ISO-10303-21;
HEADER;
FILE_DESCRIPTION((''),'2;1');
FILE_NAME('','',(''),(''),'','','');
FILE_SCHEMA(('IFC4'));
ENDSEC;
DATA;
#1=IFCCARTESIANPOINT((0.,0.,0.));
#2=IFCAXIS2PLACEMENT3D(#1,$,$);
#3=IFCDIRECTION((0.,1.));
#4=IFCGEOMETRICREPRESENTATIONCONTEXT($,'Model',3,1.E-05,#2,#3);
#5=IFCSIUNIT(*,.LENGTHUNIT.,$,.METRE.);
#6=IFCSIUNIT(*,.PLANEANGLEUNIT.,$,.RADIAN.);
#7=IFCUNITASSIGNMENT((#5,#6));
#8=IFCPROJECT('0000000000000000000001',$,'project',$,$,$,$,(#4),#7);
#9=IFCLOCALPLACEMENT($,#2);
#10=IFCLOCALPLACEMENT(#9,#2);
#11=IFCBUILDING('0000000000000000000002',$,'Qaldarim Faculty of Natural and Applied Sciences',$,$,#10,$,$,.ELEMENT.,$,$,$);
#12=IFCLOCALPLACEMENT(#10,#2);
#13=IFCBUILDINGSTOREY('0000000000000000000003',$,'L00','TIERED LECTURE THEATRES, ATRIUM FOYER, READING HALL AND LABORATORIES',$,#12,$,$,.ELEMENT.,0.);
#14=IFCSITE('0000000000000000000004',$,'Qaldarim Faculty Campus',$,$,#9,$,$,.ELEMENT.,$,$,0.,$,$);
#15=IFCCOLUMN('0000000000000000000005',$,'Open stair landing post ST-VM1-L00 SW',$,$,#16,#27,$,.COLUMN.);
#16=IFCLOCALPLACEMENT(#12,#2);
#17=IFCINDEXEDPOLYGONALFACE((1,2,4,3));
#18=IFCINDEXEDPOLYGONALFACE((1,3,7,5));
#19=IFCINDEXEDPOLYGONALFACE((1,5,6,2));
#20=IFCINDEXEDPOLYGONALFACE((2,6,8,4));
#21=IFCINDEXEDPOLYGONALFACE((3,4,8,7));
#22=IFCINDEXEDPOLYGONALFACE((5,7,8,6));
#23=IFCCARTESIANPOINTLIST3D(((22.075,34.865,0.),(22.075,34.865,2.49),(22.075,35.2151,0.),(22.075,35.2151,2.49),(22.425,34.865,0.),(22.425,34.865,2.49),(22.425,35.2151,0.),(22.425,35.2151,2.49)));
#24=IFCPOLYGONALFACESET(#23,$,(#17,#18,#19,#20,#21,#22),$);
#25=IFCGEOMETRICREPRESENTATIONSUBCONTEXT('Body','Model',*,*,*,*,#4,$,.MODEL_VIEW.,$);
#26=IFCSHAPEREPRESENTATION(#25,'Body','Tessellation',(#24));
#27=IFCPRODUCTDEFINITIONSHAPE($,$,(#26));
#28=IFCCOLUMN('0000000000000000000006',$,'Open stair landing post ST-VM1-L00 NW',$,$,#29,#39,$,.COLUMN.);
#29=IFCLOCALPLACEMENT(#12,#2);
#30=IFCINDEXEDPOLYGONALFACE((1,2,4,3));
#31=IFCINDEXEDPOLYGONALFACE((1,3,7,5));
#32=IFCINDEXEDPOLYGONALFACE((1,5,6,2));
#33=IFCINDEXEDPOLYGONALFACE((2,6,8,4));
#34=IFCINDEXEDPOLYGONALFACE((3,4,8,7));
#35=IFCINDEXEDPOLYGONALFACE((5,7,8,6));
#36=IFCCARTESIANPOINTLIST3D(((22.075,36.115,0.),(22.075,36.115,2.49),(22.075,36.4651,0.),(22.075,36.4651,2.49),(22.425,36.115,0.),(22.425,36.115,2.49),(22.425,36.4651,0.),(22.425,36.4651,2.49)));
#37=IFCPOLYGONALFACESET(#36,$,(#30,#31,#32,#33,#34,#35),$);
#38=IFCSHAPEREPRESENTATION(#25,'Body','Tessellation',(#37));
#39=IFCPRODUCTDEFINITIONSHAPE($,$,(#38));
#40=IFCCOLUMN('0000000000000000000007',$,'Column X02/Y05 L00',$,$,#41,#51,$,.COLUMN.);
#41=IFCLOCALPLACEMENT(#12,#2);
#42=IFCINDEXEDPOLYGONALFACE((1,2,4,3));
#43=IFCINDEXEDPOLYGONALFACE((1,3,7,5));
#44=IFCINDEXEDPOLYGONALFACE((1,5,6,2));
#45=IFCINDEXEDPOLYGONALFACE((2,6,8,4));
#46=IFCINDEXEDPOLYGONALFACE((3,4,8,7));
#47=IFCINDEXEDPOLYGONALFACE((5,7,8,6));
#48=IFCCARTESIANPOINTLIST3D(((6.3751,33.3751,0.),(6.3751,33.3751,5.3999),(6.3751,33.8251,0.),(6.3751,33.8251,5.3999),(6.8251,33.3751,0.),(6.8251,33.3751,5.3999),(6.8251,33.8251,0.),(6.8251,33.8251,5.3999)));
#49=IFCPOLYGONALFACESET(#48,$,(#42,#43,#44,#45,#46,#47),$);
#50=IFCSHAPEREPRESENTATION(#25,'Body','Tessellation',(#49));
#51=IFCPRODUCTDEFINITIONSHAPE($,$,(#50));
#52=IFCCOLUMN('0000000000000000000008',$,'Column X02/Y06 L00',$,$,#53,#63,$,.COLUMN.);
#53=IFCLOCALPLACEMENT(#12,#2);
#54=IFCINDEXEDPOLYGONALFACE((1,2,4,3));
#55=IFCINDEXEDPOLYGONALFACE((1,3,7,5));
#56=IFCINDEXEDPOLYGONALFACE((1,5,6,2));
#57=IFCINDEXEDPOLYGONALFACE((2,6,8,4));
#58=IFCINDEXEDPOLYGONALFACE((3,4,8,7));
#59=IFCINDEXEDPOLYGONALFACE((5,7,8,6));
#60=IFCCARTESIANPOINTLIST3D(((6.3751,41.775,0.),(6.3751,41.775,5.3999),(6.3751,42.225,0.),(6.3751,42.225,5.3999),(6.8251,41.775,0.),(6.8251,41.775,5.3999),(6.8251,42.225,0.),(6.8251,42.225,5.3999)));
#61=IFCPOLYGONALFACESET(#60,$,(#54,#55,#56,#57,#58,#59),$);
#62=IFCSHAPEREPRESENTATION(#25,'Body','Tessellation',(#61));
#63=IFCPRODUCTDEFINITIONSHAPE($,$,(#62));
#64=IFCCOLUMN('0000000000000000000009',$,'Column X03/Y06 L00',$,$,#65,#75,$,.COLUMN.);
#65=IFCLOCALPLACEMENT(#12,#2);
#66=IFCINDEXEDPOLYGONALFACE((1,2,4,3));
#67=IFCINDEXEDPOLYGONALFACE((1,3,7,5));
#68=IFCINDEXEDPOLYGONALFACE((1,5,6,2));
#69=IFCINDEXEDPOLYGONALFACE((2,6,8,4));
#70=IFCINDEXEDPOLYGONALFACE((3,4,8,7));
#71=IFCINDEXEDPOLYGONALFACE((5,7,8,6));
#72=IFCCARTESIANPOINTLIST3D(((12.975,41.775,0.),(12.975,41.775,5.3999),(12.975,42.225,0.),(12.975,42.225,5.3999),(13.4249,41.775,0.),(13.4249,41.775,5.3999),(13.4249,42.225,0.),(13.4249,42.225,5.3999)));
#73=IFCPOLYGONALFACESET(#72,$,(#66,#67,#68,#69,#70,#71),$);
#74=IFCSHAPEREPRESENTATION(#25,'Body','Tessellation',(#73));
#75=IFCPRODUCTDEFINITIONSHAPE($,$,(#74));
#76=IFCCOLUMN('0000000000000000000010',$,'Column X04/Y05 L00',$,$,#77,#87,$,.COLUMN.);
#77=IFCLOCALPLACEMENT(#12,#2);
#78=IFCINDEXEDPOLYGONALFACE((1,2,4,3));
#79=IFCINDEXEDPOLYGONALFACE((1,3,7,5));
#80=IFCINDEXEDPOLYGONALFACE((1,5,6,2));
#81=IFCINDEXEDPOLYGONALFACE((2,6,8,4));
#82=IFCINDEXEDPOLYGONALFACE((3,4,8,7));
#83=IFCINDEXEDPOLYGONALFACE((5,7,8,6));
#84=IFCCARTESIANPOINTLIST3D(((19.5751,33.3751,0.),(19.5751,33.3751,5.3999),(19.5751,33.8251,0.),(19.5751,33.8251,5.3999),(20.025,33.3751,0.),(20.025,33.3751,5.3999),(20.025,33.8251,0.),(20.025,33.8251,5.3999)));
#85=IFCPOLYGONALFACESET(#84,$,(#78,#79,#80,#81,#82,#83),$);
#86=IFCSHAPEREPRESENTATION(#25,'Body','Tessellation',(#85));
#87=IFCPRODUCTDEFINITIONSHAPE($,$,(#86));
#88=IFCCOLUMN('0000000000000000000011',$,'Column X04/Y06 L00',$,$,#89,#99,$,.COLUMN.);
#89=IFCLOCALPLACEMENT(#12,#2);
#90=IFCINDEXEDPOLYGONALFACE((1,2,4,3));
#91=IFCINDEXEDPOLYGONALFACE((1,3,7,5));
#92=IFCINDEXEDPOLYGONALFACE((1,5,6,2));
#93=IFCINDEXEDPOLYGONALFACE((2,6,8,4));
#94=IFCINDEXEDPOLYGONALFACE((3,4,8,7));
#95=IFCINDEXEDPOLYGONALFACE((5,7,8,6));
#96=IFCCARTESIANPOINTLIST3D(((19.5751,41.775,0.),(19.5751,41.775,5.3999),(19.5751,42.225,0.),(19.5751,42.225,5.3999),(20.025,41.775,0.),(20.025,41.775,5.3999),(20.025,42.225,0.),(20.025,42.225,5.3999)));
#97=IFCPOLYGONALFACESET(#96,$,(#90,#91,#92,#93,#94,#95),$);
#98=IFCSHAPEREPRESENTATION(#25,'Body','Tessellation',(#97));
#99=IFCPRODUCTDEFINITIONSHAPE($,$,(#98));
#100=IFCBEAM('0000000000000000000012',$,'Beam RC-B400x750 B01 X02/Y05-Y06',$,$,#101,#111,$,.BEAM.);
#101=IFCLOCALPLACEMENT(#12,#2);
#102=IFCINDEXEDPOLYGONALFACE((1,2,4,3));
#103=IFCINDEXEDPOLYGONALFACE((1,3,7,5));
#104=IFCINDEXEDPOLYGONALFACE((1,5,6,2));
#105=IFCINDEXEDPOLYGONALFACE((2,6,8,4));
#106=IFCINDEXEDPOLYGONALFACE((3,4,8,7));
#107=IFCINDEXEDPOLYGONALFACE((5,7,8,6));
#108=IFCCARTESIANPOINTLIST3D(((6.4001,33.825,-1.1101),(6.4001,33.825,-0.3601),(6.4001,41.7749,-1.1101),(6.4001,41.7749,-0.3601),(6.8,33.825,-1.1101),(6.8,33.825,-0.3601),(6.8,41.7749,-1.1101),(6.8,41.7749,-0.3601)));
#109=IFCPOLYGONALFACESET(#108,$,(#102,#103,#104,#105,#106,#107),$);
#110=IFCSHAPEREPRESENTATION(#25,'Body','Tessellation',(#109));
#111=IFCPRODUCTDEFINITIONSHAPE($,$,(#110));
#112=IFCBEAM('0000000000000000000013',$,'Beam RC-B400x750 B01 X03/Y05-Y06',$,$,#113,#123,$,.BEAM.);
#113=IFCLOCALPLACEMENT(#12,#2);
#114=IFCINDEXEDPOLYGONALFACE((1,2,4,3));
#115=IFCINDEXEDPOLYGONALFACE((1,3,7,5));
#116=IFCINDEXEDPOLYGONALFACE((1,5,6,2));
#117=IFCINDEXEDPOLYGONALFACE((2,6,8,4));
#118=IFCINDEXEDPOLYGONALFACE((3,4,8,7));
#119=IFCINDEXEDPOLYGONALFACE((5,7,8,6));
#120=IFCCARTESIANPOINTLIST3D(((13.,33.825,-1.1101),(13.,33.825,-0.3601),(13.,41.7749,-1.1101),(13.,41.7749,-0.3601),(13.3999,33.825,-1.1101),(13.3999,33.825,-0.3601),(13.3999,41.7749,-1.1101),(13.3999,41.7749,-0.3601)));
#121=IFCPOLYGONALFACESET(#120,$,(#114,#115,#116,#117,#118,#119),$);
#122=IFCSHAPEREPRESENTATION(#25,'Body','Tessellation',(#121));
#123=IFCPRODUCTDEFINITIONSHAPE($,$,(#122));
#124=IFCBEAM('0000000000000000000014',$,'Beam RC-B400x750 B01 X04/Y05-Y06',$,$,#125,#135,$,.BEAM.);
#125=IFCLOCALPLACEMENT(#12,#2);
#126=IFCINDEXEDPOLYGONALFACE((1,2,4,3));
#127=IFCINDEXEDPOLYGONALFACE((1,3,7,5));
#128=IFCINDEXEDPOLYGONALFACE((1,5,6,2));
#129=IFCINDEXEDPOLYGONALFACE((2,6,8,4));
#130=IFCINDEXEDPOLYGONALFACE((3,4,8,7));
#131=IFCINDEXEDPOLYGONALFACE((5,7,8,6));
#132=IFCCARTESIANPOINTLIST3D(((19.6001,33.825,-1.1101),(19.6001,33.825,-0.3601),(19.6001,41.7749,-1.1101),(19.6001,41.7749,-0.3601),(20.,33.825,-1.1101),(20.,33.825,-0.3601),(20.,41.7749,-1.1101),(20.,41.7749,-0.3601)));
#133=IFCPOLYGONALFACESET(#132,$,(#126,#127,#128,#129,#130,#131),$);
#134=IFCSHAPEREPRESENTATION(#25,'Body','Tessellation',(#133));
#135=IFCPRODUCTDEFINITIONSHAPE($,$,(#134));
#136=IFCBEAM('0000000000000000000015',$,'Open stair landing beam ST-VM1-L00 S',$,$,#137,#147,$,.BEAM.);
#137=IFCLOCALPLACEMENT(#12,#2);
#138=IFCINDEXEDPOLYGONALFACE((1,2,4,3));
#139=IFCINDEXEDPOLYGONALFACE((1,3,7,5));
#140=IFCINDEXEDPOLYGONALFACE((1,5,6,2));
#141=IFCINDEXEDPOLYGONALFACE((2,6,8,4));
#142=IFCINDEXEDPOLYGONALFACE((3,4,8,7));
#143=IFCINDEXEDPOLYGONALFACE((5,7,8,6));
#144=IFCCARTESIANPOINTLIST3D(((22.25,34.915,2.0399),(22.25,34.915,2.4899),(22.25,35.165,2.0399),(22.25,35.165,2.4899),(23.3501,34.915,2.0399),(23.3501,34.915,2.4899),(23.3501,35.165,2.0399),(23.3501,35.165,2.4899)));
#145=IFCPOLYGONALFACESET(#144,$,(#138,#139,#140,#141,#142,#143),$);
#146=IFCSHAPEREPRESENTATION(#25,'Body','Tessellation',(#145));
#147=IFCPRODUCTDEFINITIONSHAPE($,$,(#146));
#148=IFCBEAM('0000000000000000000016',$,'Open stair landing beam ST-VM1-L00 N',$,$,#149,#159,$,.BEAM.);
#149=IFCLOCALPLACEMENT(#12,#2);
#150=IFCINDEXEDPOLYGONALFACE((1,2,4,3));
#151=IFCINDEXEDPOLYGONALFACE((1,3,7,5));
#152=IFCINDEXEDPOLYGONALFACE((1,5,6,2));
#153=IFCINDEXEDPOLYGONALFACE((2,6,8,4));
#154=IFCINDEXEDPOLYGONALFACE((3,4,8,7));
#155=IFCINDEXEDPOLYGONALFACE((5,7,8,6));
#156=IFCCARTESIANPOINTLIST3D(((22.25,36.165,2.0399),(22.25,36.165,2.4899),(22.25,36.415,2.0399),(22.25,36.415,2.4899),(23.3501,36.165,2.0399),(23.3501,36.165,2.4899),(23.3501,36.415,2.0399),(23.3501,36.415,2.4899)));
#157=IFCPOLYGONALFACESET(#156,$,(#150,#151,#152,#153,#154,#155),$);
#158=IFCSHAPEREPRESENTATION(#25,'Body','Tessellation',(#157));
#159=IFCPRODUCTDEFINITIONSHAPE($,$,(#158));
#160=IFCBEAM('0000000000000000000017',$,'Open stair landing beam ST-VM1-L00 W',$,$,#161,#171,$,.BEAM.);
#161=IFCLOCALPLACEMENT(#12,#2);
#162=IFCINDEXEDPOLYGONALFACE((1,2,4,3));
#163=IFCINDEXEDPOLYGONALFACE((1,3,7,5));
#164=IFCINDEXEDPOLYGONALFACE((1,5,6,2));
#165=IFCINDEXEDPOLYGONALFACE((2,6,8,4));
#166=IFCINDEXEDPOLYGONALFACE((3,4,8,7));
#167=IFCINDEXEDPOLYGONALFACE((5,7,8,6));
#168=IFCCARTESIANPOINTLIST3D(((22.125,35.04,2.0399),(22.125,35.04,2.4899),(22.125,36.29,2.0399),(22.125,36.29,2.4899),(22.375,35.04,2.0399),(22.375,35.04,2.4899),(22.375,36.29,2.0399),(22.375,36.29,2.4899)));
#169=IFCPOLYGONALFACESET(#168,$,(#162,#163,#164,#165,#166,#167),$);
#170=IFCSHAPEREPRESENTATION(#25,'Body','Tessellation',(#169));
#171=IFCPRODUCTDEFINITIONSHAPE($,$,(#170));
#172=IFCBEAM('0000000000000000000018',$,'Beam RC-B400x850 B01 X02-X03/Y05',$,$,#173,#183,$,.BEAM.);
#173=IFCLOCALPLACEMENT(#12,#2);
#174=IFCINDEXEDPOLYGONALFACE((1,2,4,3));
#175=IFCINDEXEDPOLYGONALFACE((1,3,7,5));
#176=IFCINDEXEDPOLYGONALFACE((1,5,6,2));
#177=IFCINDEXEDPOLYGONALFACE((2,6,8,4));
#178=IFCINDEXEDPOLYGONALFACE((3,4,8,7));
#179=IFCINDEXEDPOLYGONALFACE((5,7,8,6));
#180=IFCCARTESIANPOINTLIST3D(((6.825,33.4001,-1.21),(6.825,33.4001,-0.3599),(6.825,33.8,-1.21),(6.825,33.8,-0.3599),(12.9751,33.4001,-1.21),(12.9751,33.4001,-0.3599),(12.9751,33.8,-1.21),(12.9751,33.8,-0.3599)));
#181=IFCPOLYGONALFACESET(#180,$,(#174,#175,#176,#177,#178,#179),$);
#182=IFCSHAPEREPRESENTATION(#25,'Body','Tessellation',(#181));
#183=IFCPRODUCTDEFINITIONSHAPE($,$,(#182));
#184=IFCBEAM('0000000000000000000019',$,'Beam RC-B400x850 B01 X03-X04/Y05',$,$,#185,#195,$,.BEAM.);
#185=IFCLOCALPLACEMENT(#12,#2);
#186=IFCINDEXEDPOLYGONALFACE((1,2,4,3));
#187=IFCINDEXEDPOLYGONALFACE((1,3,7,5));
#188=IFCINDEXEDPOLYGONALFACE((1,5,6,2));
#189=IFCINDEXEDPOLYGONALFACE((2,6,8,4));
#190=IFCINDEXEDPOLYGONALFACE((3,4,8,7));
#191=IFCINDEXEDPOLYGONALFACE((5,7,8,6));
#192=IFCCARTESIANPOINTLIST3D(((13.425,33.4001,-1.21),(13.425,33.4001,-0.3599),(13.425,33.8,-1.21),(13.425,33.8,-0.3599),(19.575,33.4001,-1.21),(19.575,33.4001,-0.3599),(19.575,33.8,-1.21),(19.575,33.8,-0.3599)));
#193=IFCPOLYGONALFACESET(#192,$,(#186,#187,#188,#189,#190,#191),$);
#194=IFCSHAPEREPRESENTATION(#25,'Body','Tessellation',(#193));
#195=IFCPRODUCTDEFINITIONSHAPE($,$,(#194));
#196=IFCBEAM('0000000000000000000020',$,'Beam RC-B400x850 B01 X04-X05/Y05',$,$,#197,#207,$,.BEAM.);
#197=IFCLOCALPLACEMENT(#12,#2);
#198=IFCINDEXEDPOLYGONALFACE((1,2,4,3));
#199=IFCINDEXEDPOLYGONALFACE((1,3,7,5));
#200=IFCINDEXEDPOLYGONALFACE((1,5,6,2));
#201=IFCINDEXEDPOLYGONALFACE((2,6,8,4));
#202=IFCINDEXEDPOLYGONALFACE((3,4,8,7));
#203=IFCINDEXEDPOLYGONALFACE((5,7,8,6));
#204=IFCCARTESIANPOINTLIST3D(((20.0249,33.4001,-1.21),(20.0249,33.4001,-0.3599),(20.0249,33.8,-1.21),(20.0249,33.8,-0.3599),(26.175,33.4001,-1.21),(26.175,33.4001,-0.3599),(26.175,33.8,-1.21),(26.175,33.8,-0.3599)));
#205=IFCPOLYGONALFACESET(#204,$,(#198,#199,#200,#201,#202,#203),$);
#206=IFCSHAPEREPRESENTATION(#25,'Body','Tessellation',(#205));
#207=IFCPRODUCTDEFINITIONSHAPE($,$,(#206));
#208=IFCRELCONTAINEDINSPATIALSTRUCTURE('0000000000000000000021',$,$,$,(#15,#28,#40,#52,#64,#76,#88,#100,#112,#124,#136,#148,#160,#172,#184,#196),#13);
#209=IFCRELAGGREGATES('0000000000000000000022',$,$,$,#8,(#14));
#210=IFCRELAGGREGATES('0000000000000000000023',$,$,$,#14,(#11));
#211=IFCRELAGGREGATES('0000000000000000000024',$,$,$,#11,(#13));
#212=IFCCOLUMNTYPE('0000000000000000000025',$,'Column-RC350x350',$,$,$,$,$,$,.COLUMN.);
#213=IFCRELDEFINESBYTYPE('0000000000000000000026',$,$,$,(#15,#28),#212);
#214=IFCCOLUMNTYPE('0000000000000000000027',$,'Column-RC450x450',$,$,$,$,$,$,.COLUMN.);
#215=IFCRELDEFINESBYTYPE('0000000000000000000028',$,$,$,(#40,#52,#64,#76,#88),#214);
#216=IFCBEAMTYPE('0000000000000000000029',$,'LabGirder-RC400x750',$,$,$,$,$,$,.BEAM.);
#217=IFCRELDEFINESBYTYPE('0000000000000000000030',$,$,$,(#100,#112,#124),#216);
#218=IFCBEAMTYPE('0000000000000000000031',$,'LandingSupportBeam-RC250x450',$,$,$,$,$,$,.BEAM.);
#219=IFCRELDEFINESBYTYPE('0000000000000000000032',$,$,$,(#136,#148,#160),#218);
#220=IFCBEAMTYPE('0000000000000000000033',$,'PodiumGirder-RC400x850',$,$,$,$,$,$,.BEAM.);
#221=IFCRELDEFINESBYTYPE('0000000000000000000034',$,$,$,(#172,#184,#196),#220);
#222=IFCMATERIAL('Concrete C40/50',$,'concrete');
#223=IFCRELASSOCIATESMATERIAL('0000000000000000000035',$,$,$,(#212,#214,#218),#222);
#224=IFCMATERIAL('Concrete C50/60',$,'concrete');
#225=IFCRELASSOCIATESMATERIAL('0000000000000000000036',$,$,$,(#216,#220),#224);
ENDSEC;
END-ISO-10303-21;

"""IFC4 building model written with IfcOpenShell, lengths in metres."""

from ifc_helpers import new_model, si_unit, direction, frame, origin, origin_2d, place, context, subcontext, project, spatial, rectangle, extrude, material, material_profile, profile_set, type_object, element, save


model = new_model("IFC4")

# Units and contexts
model_context = context("Model", 3, precision=1e-05, world=origin(), true_north=direction((0.0, 1.0)))
body_context = subcontext(model_context, "Body", "Model", "MODEL_VIEW")
ifc_project = project(units=[si_unit("LENGTHUNIT", "METRE"), si_unit("PLANEANGLEUNIT", "RADIAN")], contexts=[model_context])

# Site, building, storey
site_placement = place(None, origin())
site = spatial("IfcSite", under=ifc_project, at=site_placement, Name="Qaldarim Faculty Campus", CompositionType="ELEMENT", RefElevation=0.0)
building_placement = place(site_placement, origin())
building = spatial("IfcBuilding", under=site, at=building_placement, Name="Qaldarim Faculty of Natural and Applied Sciences", CompositionType="ELEMENT")
storey_placement = place(building_placement, origin())
storey = spatial("IfcBuildingStorey", under=building, at=storey_placement, Name="L00", Description="TIERED LECTURE THEATRES, ATRIUM FOYER, READING HALL AND LABORATORIES", CompositionType="ELEMENT", Elevation=0.0)

# Columns
ifc_material_1 = material(Name="Concrete C40/50", Category="concrete")
ifc_material_profile_1 = material_profile(ifc_material_1, rectangle(XDim=0.3501, YDim=0.3501, at=origin_2d()), Name="RC-C350x350")
ifc_profile_set_1 = profile_set([ifc_material_profile_1], Name="Concrete C40/50")
column_type_1 = type_object("IfcColumnType", Name="Column-RC350x350", PredefinedType="COLUMN", material=ifc_profile_set_1)
for number, where, z_axis, x_axis, name in (
    (1, (22.25, 35.04, 0.0), (0.0, 0.0, 1.0), (1.0, 0.0, 0.0), "Open stair landing post ST-VM1-L00 SW"),
    (2, (22.25, 36.29, 0.0), (0.0, 0.0, 1.0), (1.0, 0.0, 0.0), "Open stair landing post ST-VM1-L00 NW"),
):
    element("IfcColumn", number, at=place(storey_placement, frame(where, z_axis=z_axis, x_axis=x_axis)), inside=storey, type_object=column_type_1, Name=name, PredefinedType="COLUMN", context=body_context, shape_type="SweptSolid", body=[
        extrude(rectangle(XDim=0.3501, YDim=0.3501, at=origin_2d()), origin(), (0.0, 0.0, 1.0), 2.49),
    ])
ifc_material_profile_2 = material_profile(ifc_material_1, rectangle(XDim=0.45, YDim=0.45, at=origin_2d()), Name="RC-C450x450")
ifc_profile_set_2 = profile_set([ifc_material_profile_2], Name="Concrete C40/50")
column_type_2 = type_object("IfcColumnType", Name="Column-RC450x450", PredefinedType="COLUMN", material=ifc_profile_set_2)
for number, where, z_axis, x_axis, name in (
    (3, (6.6001, 33.6001, 0.0), (0.0, 0.0, 1.0), (1.0, 0.0, 0.0), "Column X02/Y05 L00"),
    (4, (6.6001, 42.0, 0.0), (0.0, 0.0, 1.0), (1.0, 0.0, 0.0), "Column X02/Y06 L00"),
    (5, (13.2, 42.0, 0.0), (0.0, 0.0, 1.0), (1.0, 0.0, 0.0), "Column X03/Y06 L00"),
    (6, (19.8, 33.6001, 0.0), (0.0, 0.0, 1.0), (1.0, 0.0, 0.0), "Column X04/Y05 L00"),
    (7, (19.8, 42.0, 0.0), (0.0, 0.0, 1.0), (1.0, 0.0, 0.0), "Column X04/Y06 L00"),
):
    element("IfcColumn", number, at=place(storey_placement, frame(where, z_axis=z_axis, x_axis=x_axis)), inside=storey, type_object=column_type_2, Name=name, PredefinedType="COLUMN", context=body_context, shape_type="SweptSolid", body=[
        extrude(rectangle(XDim=0.45, YDim=0.45, at=origin_2d()), origin(), (0.0, 0.0, 1.0), 5.3999),
    ])

# Beams
ifc_material_2 = material(Name="Concrete C50/60", Category="concrete")
ifc_material_profile_3 = material_profile(ifc_material_2, rectangle(XDim=0.3999, YDim=0.75, at=origin_2d()), Name="RC-B400x750")
ifc_profile_set_3 = profile_set([ifc_material_profile_3], Name="Concrete C50/60")
beam_type_1 = type_object("IfcBeamType", Name="LabGirder-RC400x750", PredefinedType="BEAM", material=ifc_profile_set_3)
for number, where, z_axis, x_axis, name in (
    (8, (6.6001, 33.825, -0.7351), (0.0, 1.0, 0.0), (-1.0, 0.0, 0.0), "Beam RC-B400x750 B01 X02/Y05-Y06"),
    (9, (13.2, 33.825, -0.7351), (0.0, 1.0, 0.0), (-1.0, 0.0, 0.0), "Beam RC-B400x750 B01 X03/Y05-Y06"),
    (10, (19.8, 33.825, -0.7351), (0.0, 1.0, 0.0), (-1.0, 0.0, 0.0), "Beam RC-B400x750 B01 X04/Y05-Y06"),
):
    element("IfcBeam", number, at=place(storey_placement, frame(where, z_axis=z_axis, x_axis=x_axis)), inside=storey, type_object=beam_type_1, Name=name, PredefinedType="BEAM", context=body_context, shape_type="SweptSolid", body=[
        extrude(rectangle(XDim=0.3999, YDim=0.75, at=origin_2d()), origin(), (0.0, 0.0, 1.0), 7.95),
    ])
ifc_material_profile_4 = material_profile(ifc_material_1, rectangle(XDim=0.25, YDim=0.45, at=origin_2d()), Name="RC-LN250x450")
ifc_profile_set_4 = profile_set([ifc_material_profile_4], Name="Concrete C40/50")
beam_type_2 = type_object("IfcBeamType", Name="LandingSupportBeam-RC250x450", PredefinedType="BEAM", material=ifc_profile_set_4)
for number, where, z_axis, x_axis, name in (
    (11, (22.25, 35.04, 2.2649), (1.0, 0.0, 0.0), (0.0, 1.0, 0.0), "Open stair landing beam ST-VM1-L00 S"),
    (12, (22.25, 36.29, 2.2649), (1.0, 0.0, 0.0), (0.0, 1.0, 0.0), "Open stair landing beam ST-VM1-L00 N"),
):
    element("IfcBeam", number, at=place(storey_placement, frame(where, z_axis=z_axis, x_axis=x_axis)), inside=storey, type_object=beam_type_2, Name=name, PredefinedType="BEAM", context=body_context, shape_type="SweptSolid", body=[
        extrude(rectangle(XDim=0.25, YDim=0.45, at=origin_2d()), origin(), (0.0, 0.0, 1.0), 1.1001),
    ])
beam_1_placement = place(storey_placement, frame((22.25, 35.04, 2.2649), z_axis=(0.0, 1.0, 0.0), x_axis=(-1.0, 0.0, 0.0)))
element("IfcBeam", 13, at=beam_1_placement, inside=storey, type_object=beam_type_2, Name="Open stair landing beam ST-VM1-L00 W", PredefinedType="BEAM", context=body_context, shape_type="SweptSolid", body=[
    extrude(rectangle(XDim=0.25, YDim=0.45, at=origin_2d()), origin(), (0.0, 0.0, 1.0), 1.25),
])
ifc_material_profile_5 = material_profile(ifc_material_2, rectangle(XDim=0.3999, YDim=0.8501, at=origin_2d()), Name="RC-B400x850")
ifc_profile_set_5 = profile_set([ifc_material_profile_5], Name="Concrete C50/60")
beam_type_3 = type_object("IfcBeamType", Name="PodiumGirder-RC400x850", PredefinedType="BEAM", material=ifc_profile_set_5)
beam_2_placement = place(storey_placement, frame((6.825, 33.6001, -0.7849), z_axis=(1.0, 0.0, 0.0), x_axis=(0.0, 1.0, 0.0)))
element("IfcBeam", 14, at=beam_2_placement, inside=storey, type_object=beam_type_3, Name="Beam RC-B400x850 B01 X02-X03/Y05", PredefinedType="BEAM", context=body_context, shape_type="SweptSolid", body=[
    extrude(rectangle(XDim=0.3999, YDim=0.8501, at=origin_2d()), origin(), (0.0, 0.0, 1.0), 6.1501),
])
beam_3_placement = place(storey_placement, frame((13.425, 33.6001, -0.7849), z_axis=(1.0, 0.0, 0.0), x_axis=(0.0, 1.0, 0.0)))
element("IfcBeam", 15, at=beam_3_placement, inside=storey, type_object=beam_type_3, Name="Beam RC-B400x850 B01 X03-X04/Y05", PredefinedType="BEAM", context=body_context, shape_type="SweptSolid", body=[
    extrude(rectangle(XDim=0.3999, YDim=0.8501, at=origin_2d()), origin(), (0.0, 0.0, 1.0), 6.1499),
])
for number, where, z_axis, x_axis, name in (
    (16, (20.0249, 33.6001, -0.7849), (1.0, 0.0, 0.0), (0.0, 1.0, 0.0), "Beam RC-B400x850 B01 X04-X05/Y05"),
):
    element("IfcBeam", number, at=place(storey_placement, frame(where, z_axis=z_axis, x_axis=x_axis)), inside=storey, type_object=beam_type_3, Name=name, PredefinedType="BEAM", context=body_context, shape_type="SweptSolid", body=[
        extrude(rectangle(XDim=0.3999, YDim=0.8501, at=origin_2d()), origin(), (0.0, 0.0, 1.0), 6.1501),
    ])

save(model, "model.ifc")
